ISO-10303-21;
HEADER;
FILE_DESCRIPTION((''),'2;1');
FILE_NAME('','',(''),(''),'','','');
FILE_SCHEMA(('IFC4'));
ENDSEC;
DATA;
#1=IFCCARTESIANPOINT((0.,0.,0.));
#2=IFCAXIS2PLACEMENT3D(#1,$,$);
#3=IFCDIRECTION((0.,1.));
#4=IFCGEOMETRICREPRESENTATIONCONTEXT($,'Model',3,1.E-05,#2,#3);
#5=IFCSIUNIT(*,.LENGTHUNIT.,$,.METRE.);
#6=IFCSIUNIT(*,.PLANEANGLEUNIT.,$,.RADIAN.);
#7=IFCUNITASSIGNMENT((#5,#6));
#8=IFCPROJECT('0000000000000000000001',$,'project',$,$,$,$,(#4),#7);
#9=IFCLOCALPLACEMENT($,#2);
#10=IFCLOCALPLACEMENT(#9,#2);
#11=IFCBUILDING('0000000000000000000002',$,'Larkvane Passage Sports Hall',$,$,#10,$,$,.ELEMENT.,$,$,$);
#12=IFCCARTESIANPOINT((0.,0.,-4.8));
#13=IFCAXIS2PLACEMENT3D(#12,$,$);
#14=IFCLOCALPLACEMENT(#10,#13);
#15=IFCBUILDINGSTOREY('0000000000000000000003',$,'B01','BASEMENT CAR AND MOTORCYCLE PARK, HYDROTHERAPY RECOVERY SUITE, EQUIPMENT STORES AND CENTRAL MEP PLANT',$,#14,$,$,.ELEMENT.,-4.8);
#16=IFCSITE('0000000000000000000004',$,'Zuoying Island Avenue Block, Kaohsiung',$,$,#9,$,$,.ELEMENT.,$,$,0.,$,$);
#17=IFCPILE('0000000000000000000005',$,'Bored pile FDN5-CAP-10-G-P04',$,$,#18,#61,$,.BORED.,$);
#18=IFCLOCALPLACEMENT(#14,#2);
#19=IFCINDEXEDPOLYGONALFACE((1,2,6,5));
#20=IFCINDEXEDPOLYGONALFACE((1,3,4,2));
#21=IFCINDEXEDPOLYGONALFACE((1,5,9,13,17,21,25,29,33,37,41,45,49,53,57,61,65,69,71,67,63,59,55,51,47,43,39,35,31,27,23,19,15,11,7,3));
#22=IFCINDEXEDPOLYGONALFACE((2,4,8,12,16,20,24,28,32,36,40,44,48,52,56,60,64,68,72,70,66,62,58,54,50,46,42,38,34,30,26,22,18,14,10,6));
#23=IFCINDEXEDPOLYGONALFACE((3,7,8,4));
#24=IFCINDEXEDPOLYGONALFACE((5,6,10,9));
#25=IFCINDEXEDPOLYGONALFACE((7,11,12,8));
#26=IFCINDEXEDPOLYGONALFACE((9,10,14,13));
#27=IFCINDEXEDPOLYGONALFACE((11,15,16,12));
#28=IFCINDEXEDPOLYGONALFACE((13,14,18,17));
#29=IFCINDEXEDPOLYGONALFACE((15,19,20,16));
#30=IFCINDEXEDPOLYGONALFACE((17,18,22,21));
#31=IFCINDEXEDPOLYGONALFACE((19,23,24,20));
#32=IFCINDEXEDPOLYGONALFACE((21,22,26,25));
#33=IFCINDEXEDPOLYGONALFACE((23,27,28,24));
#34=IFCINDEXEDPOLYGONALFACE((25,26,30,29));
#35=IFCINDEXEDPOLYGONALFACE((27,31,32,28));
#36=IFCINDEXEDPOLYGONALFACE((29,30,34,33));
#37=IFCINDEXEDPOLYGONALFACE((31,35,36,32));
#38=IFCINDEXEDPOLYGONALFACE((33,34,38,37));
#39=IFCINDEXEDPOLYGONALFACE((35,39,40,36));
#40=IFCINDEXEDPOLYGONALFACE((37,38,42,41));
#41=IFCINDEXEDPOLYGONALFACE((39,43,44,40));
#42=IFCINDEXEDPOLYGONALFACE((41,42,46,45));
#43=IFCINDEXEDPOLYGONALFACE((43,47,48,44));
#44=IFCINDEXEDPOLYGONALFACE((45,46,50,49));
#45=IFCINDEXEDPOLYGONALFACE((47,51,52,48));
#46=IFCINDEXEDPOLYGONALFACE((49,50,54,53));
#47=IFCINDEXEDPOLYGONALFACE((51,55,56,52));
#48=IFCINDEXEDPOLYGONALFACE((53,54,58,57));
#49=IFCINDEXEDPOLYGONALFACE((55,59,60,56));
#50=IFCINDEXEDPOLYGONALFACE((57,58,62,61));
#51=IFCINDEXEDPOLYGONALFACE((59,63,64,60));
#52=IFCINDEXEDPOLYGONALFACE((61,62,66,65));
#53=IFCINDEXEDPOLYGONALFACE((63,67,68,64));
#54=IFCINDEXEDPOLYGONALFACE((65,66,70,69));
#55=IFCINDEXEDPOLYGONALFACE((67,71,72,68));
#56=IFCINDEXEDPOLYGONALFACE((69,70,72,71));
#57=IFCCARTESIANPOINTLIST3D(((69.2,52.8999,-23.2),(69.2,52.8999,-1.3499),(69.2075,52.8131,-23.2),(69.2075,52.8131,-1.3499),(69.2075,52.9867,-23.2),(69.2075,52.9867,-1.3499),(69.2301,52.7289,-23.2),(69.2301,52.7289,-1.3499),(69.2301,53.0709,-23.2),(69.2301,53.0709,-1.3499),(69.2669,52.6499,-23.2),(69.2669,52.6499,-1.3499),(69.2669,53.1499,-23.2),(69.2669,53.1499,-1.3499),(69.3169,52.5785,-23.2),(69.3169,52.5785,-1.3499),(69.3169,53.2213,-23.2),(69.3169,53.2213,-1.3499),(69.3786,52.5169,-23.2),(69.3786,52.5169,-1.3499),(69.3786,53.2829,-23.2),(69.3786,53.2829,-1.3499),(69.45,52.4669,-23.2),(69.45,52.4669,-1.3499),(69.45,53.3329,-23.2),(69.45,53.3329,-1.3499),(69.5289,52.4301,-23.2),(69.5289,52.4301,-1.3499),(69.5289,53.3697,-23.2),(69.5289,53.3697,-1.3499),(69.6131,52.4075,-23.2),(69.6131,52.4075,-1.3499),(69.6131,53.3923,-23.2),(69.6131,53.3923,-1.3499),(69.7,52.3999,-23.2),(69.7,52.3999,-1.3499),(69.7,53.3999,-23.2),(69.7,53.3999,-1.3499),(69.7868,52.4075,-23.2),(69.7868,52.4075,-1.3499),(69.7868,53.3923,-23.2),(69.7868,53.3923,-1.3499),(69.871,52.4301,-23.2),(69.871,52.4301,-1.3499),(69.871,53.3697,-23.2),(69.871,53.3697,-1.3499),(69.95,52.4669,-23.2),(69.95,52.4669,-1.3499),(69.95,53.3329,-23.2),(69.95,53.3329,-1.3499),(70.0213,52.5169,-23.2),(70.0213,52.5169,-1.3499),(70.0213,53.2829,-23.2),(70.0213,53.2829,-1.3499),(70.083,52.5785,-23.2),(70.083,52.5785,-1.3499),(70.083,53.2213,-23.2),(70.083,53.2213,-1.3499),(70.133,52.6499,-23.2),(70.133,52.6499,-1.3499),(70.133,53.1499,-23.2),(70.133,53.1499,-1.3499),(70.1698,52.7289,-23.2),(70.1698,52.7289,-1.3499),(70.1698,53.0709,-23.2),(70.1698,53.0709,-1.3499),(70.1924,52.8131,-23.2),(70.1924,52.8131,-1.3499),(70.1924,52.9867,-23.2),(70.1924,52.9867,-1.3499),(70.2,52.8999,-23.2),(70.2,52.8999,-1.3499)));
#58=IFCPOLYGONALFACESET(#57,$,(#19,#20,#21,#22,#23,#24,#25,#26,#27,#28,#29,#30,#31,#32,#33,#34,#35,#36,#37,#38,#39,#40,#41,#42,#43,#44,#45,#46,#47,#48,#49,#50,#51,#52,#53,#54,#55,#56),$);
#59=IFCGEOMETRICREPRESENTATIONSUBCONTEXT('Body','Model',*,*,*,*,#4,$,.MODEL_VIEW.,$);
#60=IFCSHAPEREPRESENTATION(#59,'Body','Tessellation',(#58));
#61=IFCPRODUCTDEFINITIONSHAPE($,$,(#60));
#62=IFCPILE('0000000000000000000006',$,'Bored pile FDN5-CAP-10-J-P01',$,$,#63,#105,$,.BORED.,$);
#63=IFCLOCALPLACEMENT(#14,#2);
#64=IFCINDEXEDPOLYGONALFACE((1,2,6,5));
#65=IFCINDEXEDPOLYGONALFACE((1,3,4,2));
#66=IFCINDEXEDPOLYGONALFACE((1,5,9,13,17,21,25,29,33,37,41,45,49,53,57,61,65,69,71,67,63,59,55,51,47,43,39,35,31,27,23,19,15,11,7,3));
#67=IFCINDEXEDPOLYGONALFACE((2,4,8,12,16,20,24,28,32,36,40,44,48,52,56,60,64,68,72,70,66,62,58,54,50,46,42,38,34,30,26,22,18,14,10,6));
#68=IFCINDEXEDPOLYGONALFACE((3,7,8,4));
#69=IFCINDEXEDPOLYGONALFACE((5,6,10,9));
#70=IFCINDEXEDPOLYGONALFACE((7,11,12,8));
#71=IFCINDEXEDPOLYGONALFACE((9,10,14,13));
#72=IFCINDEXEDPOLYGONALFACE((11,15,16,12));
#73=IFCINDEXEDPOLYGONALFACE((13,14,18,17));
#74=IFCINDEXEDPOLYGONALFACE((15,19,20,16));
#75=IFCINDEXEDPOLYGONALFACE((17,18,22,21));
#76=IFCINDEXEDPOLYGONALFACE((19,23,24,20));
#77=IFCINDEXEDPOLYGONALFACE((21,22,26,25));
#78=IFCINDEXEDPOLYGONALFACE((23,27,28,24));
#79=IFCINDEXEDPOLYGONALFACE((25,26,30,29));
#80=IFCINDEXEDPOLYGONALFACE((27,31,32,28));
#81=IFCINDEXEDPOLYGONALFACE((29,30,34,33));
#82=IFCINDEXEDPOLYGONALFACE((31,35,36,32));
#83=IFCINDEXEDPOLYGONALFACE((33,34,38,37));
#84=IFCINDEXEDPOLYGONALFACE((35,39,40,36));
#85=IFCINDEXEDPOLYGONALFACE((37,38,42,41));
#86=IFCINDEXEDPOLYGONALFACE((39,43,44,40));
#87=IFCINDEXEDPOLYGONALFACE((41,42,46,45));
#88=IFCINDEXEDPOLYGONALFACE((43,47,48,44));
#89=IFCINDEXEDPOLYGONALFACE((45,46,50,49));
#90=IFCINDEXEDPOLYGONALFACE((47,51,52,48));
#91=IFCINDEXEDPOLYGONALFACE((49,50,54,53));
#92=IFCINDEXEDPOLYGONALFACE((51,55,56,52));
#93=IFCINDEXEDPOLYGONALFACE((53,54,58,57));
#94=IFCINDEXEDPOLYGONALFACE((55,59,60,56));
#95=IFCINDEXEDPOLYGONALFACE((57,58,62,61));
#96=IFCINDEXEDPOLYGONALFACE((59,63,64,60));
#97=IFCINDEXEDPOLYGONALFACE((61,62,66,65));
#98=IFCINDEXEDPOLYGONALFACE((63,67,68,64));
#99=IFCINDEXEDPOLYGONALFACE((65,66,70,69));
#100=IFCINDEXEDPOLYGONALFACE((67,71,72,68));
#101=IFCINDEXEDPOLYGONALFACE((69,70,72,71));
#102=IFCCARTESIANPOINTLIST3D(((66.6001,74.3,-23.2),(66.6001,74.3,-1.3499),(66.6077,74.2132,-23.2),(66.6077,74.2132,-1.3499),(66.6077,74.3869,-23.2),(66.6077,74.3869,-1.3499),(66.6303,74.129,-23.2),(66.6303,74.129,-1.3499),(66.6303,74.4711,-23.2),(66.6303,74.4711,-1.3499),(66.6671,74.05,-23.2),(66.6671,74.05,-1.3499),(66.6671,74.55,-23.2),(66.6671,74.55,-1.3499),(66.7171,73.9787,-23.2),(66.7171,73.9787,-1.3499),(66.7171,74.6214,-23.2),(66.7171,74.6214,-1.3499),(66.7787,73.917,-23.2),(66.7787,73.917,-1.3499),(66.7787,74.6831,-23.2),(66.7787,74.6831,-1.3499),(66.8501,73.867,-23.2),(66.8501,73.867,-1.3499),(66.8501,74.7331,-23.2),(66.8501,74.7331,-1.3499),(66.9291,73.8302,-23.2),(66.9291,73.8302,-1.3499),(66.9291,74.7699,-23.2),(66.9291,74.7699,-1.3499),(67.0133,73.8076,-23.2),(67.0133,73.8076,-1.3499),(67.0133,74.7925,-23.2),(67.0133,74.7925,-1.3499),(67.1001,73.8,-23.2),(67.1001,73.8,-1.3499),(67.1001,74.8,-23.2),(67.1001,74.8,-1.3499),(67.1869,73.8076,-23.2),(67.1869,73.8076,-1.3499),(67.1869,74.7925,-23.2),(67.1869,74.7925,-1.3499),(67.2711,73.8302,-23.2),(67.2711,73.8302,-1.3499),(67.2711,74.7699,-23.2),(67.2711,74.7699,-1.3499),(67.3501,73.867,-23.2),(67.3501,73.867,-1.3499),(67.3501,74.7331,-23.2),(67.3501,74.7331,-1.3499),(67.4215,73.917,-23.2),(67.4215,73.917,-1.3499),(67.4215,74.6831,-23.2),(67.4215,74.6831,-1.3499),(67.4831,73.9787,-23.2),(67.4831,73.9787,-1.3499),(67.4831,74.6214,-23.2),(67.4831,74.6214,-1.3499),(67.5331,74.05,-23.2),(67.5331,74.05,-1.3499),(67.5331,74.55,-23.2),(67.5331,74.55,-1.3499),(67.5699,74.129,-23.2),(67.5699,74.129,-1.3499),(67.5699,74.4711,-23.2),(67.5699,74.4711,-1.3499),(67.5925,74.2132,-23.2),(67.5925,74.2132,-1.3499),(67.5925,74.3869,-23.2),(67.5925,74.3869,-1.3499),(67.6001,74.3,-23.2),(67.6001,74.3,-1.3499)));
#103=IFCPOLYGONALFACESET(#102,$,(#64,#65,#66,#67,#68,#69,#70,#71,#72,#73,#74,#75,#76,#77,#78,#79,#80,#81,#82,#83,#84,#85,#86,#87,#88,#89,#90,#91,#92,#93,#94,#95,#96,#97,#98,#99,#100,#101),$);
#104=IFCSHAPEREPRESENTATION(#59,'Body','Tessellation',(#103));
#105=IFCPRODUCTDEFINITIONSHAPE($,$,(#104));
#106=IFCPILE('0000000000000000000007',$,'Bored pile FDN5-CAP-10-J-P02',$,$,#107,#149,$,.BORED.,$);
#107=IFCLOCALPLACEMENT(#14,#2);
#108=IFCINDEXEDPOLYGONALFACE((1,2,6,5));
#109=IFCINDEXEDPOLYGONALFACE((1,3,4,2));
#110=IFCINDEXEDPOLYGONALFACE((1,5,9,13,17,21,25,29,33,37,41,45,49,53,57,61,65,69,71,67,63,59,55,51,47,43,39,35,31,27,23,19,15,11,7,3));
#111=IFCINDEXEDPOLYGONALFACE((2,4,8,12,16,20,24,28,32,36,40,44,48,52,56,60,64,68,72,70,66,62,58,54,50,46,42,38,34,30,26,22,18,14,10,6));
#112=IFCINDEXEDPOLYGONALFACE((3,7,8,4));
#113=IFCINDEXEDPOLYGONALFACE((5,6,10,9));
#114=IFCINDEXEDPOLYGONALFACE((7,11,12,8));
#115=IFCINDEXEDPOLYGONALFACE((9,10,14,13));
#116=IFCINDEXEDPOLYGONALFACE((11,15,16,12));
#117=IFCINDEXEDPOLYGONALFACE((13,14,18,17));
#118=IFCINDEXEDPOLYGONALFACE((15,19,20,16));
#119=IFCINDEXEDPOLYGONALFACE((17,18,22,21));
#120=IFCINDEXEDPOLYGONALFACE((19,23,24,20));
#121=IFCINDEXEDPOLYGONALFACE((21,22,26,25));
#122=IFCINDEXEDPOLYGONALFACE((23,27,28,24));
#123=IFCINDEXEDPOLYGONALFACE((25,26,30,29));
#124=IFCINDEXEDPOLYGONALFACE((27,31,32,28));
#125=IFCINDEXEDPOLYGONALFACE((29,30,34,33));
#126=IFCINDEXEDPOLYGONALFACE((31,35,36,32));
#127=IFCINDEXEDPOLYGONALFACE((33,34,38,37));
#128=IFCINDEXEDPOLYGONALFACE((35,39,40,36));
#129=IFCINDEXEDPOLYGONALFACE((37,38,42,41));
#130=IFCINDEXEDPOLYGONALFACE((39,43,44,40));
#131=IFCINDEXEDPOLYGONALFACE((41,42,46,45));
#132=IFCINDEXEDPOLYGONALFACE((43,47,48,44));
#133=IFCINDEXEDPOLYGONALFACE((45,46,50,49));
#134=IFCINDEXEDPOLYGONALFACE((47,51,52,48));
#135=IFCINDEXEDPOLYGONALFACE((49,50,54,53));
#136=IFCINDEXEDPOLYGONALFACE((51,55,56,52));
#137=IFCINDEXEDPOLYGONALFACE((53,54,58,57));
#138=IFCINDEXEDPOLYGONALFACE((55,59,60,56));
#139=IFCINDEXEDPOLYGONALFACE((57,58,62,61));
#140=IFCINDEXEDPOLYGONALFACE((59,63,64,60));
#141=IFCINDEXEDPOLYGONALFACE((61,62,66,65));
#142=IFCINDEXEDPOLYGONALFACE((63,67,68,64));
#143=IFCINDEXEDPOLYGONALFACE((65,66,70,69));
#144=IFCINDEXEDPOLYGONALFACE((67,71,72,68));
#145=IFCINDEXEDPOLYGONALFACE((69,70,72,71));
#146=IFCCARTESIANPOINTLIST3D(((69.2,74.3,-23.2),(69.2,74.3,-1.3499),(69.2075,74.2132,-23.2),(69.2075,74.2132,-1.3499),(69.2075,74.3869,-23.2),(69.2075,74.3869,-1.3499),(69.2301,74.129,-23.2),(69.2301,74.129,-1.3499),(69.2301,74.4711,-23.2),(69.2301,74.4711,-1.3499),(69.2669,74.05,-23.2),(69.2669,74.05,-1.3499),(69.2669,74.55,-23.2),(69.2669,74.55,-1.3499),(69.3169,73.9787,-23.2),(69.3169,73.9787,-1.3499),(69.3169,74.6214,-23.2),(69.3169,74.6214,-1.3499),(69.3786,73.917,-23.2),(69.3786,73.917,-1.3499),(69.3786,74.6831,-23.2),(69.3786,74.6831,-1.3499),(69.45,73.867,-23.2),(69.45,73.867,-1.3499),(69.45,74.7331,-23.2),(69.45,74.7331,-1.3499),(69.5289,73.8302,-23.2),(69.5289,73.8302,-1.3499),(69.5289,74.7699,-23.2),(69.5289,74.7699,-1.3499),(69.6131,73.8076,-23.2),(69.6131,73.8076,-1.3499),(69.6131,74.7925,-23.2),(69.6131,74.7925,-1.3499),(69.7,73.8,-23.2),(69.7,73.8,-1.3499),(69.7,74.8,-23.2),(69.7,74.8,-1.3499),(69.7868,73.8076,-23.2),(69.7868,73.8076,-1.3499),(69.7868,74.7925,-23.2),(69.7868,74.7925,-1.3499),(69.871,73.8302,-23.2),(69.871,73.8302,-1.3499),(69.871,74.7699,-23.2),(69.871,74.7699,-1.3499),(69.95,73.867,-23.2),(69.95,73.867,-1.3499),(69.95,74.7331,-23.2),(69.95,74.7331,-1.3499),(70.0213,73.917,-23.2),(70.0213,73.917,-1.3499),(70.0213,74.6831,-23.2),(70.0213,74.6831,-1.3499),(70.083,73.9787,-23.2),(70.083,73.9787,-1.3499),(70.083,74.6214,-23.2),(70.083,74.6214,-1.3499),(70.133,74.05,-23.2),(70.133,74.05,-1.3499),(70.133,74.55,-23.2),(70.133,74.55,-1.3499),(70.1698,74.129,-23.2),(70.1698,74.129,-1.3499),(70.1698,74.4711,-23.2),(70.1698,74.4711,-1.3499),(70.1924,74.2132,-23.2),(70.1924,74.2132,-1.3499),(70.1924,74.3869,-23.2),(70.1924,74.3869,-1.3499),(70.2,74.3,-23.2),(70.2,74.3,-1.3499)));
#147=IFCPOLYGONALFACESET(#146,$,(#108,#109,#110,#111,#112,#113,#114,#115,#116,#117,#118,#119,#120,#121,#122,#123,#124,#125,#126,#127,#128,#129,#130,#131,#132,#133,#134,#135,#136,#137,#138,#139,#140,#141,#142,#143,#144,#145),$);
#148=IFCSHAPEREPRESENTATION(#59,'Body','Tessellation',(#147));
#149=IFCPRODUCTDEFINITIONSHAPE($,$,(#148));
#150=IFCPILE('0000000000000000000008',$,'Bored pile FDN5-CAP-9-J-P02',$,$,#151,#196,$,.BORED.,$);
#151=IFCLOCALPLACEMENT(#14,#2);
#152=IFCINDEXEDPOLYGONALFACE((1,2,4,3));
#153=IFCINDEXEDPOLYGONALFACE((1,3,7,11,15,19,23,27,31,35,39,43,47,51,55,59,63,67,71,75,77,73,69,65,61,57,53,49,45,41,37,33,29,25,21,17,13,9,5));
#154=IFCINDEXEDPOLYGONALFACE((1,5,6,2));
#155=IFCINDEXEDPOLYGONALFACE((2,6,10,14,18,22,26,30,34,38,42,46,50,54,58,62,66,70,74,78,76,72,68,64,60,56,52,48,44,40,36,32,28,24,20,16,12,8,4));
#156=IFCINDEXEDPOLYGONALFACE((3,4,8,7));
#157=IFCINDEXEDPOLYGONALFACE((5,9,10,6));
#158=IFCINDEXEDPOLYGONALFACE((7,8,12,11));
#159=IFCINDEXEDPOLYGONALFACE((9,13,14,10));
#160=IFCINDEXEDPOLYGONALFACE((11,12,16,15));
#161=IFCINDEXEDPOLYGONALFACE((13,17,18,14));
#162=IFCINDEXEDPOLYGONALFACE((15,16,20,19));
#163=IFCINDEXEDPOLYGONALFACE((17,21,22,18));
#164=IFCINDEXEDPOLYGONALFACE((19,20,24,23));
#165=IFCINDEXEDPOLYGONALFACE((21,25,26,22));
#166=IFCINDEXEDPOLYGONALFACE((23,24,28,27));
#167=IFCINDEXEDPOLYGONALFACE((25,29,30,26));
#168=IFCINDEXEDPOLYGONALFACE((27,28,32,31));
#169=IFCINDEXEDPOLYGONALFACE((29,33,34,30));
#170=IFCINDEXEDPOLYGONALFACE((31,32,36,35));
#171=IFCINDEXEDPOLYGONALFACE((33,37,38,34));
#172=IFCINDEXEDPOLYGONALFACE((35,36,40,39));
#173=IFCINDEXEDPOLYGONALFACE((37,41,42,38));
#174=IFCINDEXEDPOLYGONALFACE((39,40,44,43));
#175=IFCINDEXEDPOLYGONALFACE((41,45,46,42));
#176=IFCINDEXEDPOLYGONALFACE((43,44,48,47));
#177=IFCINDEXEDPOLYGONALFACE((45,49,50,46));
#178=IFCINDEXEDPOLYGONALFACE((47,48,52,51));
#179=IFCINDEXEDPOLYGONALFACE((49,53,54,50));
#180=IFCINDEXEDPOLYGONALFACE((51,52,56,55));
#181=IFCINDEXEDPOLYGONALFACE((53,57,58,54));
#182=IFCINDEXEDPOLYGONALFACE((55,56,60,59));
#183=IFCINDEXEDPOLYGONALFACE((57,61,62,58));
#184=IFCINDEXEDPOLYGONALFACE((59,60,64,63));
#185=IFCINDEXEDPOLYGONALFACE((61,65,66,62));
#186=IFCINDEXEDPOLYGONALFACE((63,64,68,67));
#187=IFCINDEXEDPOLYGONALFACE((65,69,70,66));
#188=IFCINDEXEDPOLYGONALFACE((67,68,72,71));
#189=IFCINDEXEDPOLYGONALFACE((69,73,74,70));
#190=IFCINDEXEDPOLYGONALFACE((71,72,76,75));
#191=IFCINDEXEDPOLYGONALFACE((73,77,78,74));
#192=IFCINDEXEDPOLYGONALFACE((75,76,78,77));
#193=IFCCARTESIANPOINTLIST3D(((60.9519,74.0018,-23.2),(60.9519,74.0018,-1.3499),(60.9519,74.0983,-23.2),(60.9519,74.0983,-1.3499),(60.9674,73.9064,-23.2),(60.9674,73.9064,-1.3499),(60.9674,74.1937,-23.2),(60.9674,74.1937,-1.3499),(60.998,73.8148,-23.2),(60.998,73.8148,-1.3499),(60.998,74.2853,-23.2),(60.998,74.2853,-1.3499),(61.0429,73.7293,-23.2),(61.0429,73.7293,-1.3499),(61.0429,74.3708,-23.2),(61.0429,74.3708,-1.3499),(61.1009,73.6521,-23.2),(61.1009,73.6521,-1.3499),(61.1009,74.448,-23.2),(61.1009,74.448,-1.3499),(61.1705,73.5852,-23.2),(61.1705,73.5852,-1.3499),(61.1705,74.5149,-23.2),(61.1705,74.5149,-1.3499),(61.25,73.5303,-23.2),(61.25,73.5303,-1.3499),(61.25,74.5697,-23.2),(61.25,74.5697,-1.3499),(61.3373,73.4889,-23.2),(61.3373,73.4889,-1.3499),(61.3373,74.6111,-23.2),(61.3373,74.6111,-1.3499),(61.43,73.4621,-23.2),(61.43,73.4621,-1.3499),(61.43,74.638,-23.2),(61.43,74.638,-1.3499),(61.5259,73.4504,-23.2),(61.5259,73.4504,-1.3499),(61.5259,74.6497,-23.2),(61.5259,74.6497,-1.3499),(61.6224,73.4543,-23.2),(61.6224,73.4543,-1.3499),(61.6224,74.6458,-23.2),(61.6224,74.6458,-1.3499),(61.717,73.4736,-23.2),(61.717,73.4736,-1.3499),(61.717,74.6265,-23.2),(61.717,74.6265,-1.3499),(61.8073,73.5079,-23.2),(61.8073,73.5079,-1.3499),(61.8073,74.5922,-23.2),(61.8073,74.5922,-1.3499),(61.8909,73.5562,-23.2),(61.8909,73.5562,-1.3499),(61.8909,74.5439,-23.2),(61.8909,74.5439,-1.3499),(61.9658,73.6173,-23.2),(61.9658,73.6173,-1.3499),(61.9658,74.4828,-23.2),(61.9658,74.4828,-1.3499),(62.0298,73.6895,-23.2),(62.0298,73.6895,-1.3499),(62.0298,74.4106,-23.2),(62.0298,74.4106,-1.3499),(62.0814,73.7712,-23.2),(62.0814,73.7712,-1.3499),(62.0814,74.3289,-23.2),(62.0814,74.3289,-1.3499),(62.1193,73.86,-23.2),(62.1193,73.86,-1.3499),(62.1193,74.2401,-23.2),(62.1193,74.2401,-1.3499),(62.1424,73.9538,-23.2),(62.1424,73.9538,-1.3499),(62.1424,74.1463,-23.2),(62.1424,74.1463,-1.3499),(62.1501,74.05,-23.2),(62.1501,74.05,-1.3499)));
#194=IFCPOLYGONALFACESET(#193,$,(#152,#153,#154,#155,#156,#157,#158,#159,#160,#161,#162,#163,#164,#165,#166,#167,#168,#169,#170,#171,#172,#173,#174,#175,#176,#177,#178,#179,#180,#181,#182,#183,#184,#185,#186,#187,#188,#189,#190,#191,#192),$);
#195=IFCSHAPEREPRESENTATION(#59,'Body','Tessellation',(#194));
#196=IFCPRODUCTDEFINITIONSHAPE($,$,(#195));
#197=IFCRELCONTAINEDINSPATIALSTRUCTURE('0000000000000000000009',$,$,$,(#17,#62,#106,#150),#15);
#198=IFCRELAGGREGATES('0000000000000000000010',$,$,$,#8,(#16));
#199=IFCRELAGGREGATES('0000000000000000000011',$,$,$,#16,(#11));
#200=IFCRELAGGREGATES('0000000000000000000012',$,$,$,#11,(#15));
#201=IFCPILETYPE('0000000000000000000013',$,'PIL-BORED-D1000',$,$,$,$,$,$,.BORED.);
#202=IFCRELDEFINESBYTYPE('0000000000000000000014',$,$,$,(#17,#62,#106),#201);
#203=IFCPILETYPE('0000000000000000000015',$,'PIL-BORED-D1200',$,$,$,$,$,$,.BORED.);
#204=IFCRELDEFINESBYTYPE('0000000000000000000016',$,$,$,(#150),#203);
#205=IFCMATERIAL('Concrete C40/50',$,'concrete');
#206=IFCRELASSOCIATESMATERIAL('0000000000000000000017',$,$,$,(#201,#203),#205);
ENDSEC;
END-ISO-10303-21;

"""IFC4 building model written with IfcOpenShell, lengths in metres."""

from ifc_helpers import new_model, si_unit, direction, frame, origin, origin_2d, place, context, subcontext, project, spatial, circle, extrude, material, material_profile, profile_set, type_object, element, save


model = new_model("IFC4")

# Units and contexts
model_context = context("Model", 3, precision=1e-05, world=origin(), true_north=direction((0.0, 1.0)))
body_context = subcontext(model_context, "Body", "Model", "MODEL_VIEW")
ifc_project = project(units=[si_unit("LENGTHUNIT", "METRE"), si_unit("PLANEANGLEUNIT", "RADIAN")], contexts=[model_context])

# Site, building, storey
site_placement = place(None, origin())
site = spatial("IfcSite", under=ifc_project, at=site_placement, Name="Zuoying Island Avenue Block, Kaohsiung", CompositionType="ELEMENT", RefElevation=0.0)
building_placement = place(site_placement, origin())
building = spatial("IfcBuilding", under=site, at=building_placement, Name="Larkvane Passage Sports Hall", CompositionType="ELEMENT")
storey_placement = place(building_placement, frame((0.0, 0.0, -4.8)))
storey = spatial("IfcBuildingStorey", under=building, at=storey_placement, Name="B01", Description="BASEMENT CAR AND MOTORCYCLE PARK, HYDROTHERAPY RECOVERY SUITE, EQUIPMENT STORES AND CENTRAL MEP PLANT", CompositionType="ELEMENT", Elevation=-4.8)

# Shared definitions
ifc_material_1 = material(Name="Concrete C40/50", Category="concrete")

# Piles
ifc_material_profile_1 = material_profile(ifc_material_1, circle(Radius=0.5, at=origin_2d()), Name="PILE-D1000")
ifc_profile_set_1 = profile_set([ifc_material_profile_1], Name="Concrete C40/50")
pile_type_1 = type_object("IfcPileType", Name="PIL-BORED-D1000", PredefinedType="BORED", material=ifc_profile_set_1)
for number, where, z_axis, x_axis, name in (
    (1, (69.7, 52.8999, -1.3499), (0.0, 0.0, -1.0), (1.0, 0.0, 0.0), "Bored pile FDN5-CAP-10-G-P04"),
    (2, (67.1001, 74.3, -1.3499), (0.0, 0.0, -1.0), (1.0, 0.0, 0.0), "Bored pile FDN5-CAP-10-J-P01"),
    (3, (69.7, 74.3, -1.3499), (0.0, 0.0, -1.0), (1.0, 0.0, 0.0), "Bored pile FDN5-CAP-10-J-P02"),
):
    element("IfcPile", number, at=place(storey_placement, frame(where, z_axis=z_axis, x_axis=x_axis)), inside=storey, type_object=pile_type_1, Name=name, PredefinedType="BORED", context=body_context, shape_type="SweptSolid", body=[
        extrude(circle(Radius=0.5, at=origin_2d()), origin(), (0.0, 0.0, 1.0), 21.8501),
    ])
ifc_material_profile_2 = material_profile(ifc_material_1, circle(Radius=0.6001, at=origin_2d()), Name="PILE-D1200")
ifc_profile_set_2 = profile_set([ifc_material_profile_2], Name="Concrete C40/50")
pile_type_2 = type_object("IfcPileType", Name="PIL-BORED-D1200", PredefinedType="BORED", material=ifc_profile_set_2)
for number, where, z_axis, x_axis, name in (
    (4, (61.55, 74.05, -1.3499), (0.0, 0.0, -1.0), (1.0, 0.0, 0.0), "Bored pile FDN5-CAP-9-J-P02"),
):
    element("IfcPile", number, at=place(storey_placement, frame(where, z_axis=z_axis, x_axis=x_axis)), inside=storey, type_object=pile_type_2, Name=name, PredefinedType="BORED", context=body_context, shape_type="SweptSolid", body=[
        extrude(circle(Radius=0.6001, at=origin_2d()), origin(), (0.0, 0.0, 1.0), 21.8501),
    ])

save(model, "model.ifc")
